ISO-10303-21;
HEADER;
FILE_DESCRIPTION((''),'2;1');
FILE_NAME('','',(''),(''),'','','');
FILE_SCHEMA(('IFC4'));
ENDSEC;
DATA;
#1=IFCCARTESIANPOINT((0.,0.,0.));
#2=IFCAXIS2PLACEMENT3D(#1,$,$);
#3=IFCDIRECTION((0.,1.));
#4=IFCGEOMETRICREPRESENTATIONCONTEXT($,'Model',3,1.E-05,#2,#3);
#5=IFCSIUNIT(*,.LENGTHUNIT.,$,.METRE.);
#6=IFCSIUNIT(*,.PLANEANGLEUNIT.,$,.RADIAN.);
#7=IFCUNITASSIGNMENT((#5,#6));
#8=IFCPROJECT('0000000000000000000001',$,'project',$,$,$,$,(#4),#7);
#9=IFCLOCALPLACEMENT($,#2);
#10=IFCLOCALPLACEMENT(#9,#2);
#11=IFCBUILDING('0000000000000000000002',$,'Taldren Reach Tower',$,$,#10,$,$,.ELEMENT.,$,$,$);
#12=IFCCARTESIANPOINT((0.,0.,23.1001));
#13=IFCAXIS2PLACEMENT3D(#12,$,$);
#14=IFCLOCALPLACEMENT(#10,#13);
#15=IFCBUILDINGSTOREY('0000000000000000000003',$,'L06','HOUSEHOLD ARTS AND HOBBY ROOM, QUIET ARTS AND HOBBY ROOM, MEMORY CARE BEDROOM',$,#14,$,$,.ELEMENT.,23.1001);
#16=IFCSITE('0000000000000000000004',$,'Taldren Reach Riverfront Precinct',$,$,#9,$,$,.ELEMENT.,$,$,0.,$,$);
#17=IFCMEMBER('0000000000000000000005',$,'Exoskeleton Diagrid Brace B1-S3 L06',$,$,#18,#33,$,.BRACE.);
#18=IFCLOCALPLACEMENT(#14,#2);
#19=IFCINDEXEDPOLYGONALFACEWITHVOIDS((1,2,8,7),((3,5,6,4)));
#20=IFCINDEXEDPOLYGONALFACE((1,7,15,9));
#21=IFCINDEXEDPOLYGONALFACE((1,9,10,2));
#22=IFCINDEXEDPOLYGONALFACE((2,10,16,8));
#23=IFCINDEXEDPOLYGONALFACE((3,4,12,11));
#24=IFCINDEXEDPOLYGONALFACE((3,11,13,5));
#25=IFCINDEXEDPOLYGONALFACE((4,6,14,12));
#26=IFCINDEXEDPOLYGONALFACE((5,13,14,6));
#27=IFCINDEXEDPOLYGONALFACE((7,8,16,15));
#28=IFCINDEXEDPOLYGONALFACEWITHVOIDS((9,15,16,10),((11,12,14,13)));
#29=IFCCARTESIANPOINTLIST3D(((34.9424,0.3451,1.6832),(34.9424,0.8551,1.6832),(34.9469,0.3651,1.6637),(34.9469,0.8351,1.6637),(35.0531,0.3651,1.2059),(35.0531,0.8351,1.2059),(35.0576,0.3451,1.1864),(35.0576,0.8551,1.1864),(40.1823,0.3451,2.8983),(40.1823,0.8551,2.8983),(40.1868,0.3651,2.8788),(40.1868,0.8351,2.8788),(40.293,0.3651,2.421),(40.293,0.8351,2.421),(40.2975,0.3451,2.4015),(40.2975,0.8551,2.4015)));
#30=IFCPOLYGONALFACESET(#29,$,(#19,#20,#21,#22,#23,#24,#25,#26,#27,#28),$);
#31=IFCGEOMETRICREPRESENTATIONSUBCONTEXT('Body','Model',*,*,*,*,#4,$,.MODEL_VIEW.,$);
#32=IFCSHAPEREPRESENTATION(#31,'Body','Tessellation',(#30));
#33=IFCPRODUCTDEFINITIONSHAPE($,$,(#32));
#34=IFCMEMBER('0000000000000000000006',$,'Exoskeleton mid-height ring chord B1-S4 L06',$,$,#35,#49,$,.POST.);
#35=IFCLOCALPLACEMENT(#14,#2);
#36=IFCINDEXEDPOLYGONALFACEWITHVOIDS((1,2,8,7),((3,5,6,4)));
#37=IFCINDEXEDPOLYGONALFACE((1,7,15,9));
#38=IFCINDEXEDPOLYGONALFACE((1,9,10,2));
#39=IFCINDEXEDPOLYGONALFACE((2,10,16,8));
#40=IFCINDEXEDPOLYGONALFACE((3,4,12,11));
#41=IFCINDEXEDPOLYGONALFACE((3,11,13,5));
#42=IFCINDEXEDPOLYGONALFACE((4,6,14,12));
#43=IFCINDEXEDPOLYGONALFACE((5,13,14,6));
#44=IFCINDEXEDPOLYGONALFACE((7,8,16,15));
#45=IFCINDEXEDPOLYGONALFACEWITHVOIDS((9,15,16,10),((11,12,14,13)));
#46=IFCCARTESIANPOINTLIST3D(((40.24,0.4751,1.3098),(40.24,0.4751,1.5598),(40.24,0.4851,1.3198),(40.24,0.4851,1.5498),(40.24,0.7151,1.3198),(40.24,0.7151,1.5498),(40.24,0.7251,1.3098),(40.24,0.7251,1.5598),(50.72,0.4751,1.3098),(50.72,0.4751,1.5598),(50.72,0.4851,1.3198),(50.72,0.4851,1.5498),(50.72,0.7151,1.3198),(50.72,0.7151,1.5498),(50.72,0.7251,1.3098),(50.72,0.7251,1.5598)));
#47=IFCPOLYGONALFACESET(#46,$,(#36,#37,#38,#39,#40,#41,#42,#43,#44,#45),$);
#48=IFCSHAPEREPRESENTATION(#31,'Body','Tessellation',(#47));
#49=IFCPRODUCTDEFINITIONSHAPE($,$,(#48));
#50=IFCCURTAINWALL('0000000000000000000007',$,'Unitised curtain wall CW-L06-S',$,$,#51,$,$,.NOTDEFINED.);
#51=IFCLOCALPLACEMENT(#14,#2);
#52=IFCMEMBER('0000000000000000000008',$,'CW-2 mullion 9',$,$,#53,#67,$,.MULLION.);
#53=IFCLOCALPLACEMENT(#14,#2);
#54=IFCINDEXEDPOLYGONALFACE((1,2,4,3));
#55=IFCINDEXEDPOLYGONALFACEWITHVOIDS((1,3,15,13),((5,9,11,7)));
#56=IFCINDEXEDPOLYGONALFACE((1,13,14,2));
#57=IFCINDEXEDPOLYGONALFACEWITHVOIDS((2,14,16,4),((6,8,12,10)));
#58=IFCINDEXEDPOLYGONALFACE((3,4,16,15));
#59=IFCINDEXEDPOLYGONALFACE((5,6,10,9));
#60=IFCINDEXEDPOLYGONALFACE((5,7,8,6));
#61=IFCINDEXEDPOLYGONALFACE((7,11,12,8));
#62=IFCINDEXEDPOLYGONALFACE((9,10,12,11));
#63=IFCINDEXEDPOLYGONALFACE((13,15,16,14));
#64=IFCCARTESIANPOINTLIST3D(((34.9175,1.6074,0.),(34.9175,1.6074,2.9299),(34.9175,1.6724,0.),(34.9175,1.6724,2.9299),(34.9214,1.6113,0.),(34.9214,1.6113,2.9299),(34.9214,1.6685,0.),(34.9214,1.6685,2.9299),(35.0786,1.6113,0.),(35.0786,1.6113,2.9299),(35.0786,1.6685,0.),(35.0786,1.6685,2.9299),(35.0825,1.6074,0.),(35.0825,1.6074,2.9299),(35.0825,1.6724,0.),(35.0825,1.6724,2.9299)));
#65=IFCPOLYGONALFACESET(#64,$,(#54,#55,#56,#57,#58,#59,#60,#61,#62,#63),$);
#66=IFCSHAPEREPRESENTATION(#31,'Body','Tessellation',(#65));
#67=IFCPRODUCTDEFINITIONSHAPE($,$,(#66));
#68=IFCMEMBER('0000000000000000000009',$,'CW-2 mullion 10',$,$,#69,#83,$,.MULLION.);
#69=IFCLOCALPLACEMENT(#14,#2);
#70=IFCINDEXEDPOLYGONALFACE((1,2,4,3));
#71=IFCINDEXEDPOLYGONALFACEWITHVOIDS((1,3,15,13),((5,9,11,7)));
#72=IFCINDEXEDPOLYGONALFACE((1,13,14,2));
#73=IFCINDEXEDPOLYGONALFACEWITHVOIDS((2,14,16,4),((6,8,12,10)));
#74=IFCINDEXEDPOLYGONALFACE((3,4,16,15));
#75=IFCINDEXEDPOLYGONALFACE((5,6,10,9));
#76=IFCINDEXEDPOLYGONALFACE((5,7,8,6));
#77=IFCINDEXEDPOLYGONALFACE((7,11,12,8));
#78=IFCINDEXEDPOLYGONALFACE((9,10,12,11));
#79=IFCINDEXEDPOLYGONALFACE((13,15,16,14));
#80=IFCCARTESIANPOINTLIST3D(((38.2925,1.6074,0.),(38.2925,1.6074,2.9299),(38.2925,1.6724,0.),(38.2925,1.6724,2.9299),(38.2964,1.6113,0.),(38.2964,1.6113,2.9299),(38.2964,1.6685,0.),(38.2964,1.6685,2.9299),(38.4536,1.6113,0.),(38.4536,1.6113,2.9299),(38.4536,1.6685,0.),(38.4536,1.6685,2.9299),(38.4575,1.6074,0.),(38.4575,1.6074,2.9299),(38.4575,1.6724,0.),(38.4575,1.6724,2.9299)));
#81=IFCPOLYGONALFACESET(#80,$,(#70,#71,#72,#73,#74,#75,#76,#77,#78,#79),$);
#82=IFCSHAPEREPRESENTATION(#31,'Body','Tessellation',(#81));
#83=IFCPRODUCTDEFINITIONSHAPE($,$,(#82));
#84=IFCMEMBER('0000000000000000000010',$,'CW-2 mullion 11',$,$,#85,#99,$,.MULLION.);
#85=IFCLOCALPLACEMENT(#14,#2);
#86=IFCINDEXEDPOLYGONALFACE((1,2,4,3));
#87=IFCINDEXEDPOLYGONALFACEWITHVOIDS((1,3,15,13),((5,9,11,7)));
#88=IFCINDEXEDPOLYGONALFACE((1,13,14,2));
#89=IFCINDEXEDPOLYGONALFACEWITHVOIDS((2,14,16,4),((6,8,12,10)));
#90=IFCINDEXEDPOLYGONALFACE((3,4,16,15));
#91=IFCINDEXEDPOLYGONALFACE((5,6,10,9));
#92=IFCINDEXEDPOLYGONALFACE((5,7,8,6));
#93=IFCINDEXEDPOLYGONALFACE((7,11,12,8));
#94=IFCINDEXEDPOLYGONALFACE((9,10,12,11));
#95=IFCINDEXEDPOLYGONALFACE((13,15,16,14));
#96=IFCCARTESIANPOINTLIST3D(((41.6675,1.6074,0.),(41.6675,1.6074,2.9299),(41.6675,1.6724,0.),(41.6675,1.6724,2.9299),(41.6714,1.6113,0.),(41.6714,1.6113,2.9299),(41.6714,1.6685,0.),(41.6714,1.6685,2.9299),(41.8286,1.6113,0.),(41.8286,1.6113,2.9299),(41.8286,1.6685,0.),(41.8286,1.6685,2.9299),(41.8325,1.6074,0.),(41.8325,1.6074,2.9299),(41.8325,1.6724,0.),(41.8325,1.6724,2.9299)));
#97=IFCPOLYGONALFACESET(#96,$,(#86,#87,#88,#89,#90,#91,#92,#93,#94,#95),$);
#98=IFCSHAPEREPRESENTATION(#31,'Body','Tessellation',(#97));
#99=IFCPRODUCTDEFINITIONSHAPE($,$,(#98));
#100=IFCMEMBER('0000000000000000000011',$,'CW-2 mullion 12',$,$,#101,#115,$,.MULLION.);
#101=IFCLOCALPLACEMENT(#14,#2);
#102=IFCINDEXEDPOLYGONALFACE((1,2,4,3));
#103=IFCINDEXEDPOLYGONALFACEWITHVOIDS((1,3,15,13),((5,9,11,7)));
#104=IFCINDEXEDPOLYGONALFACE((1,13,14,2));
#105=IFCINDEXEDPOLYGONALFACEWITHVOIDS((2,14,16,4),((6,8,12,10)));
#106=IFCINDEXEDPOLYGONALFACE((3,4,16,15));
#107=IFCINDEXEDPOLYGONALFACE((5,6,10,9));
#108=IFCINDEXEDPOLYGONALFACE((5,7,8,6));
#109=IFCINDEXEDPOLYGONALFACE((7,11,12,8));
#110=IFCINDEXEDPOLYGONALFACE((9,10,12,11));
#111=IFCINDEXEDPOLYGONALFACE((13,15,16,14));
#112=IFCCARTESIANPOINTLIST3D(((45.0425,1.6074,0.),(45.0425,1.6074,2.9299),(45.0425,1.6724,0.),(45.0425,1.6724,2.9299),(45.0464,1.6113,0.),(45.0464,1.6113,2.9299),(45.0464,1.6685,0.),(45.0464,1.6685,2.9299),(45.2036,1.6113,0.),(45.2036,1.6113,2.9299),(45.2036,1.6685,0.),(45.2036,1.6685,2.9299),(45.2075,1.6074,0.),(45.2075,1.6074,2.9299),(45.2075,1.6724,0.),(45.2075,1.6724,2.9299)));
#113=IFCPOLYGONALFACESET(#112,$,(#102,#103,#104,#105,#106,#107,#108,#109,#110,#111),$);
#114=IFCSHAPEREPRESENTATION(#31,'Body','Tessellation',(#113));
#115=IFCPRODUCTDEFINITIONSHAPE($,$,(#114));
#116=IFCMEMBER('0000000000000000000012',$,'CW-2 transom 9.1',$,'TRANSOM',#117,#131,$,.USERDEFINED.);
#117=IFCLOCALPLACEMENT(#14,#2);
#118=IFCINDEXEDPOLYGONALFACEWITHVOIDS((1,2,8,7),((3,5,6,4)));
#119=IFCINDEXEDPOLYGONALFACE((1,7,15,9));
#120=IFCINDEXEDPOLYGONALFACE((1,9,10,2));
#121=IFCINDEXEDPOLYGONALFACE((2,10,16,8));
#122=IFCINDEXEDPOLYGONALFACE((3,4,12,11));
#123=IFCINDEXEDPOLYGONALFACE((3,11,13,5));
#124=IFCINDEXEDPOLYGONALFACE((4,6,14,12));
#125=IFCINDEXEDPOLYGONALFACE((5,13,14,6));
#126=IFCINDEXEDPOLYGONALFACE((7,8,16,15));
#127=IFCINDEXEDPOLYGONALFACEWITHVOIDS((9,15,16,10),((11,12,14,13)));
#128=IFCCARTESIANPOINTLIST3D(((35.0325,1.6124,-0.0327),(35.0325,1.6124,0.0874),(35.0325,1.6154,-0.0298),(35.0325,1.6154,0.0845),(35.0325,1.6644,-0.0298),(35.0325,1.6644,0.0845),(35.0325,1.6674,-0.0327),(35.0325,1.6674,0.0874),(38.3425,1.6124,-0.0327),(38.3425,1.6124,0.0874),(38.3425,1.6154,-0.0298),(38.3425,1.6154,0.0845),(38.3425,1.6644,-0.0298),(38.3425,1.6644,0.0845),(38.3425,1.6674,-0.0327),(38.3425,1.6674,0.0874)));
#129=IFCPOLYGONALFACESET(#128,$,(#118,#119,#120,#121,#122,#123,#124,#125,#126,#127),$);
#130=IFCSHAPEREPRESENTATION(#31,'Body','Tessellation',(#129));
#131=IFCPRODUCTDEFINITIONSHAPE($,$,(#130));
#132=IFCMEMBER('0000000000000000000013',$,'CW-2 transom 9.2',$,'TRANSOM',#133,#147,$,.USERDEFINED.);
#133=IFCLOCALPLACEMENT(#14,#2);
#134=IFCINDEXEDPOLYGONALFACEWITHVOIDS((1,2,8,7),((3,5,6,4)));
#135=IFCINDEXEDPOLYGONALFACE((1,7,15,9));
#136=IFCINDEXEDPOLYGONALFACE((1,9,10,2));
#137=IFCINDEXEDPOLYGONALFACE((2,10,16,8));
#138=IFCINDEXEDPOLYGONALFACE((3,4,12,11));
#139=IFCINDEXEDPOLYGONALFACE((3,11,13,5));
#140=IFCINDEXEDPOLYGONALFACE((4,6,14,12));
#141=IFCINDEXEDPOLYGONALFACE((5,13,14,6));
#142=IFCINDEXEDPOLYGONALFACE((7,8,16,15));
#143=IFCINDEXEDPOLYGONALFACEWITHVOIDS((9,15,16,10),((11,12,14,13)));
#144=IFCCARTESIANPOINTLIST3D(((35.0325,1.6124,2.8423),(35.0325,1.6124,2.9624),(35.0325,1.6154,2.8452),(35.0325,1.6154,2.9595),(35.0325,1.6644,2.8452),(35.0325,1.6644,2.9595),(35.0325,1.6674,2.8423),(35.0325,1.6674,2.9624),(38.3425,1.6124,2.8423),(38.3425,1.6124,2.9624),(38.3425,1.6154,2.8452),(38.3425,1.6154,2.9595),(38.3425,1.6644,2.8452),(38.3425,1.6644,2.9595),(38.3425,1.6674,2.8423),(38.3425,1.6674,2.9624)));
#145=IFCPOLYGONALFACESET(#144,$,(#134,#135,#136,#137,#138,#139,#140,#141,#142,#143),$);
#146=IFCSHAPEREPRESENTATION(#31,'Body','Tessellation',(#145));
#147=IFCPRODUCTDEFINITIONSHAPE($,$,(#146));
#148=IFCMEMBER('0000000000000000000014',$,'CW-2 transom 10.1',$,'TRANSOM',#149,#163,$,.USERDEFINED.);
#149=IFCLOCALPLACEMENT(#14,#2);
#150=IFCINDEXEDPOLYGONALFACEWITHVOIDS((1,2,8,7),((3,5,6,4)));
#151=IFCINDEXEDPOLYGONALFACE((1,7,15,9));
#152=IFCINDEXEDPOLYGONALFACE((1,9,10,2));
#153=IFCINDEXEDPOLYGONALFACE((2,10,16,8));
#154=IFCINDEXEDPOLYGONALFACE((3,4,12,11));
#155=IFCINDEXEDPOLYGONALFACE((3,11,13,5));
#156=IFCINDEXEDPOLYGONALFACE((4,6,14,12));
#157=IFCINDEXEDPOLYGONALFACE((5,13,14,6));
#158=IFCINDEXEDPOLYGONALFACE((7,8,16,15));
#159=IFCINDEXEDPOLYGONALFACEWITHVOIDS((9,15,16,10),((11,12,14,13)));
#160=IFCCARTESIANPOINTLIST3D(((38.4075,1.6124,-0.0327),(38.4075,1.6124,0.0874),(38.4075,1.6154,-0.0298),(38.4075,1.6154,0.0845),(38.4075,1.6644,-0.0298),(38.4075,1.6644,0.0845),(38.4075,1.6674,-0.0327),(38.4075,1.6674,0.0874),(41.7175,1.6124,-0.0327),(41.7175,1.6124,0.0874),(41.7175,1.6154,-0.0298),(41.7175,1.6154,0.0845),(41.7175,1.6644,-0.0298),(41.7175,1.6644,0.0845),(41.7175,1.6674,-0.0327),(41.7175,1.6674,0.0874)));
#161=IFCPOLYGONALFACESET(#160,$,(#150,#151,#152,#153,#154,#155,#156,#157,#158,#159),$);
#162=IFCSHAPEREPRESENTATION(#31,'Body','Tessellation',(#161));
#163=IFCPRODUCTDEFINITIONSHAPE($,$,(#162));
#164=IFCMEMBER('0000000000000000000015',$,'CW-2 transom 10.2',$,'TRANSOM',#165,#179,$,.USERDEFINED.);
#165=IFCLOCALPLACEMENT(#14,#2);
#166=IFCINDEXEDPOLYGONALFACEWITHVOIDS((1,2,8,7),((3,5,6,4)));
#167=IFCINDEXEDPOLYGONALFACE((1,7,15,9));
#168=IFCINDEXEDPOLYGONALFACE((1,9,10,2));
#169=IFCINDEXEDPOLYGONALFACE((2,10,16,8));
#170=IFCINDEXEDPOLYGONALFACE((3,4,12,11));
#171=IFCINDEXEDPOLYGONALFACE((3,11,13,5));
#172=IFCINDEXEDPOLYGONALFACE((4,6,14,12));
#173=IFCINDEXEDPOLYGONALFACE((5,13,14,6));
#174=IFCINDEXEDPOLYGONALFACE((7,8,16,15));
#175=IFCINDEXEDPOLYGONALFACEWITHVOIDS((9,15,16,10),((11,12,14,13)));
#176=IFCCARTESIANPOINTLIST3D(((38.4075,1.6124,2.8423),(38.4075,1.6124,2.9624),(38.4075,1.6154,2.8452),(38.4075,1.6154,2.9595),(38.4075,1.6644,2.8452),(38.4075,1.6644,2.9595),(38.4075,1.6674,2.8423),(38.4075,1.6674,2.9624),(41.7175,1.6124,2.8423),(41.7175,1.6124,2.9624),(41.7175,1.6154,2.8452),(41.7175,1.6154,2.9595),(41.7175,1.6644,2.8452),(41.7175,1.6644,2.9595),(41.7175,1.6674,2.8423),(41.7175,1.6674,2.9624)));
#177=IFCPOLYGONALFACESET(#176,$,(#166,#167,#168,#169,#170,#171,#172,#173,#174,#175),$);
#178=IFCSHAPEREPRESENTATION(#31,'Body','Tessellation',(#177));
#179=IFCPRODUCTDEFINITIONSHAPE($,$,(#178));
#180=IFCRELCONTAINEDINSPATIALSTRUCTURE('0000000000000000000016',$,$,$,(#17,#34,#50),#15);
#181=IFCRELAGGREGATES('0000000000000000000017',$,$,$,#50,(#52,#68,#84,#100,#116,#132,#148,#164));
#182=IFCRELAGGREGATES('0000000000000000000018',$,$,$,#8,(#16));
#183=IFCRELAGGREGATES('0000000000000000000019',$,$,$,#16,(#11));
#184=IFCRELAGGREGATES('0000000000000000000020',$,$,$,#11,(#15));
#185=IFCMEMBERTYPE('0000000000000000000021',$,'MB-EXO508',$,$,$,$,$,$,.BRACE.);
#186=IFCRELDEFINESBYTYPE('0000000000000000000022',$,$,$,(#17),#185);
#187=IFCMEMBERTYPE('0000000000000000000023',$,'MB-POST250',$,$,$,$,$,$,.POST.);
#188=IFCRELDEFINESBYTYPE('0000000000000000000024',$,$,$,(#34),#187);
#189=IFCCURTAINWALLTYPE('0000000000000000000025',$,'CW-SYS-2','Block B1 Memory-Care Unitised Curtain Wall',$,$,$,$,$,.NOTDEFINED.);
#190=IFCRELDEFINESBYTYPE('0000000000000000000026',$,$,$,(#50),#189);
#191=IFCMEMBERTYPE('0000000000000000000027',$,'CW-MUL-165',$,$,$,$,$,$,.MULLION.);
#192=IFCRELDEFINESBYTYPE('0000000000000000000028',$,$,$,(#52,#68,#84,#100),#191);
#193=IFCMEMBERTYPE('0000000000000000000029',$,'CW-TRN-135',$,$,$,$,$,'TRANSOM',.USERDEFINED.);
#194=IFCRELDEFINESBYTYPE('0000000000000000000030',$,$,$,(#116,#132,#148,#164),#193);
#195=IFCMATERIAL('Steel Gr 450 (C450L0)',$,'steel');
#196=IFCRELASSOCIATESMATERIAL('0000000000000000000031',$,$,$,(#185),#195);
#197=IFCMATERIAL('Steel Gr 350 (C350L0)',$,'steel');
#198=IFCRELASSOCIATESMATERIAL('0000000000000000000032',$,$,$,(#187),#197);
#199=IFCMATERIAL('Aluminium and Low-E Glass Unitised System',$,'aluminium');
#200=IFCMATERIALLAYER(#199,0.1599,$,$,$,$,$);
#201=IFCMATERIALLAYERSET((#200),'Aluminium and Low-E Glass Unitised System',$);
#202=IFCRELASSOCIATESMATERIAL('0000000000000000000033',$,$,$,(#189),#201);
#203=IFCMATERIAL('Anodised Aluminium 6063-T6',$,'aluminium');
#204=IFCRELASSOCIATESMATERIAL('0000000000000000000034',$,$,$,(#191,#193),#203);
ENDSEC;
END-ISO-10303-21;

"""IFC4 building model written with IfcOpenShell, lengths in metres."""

from ifc_helpers import new_model, si_unit, direction, frame, origin, origin_2d, place, context, subcontext, project, spatial, hollow_rectangle, extrude, source, transform, mapped, material, layer, layer_set, material_profile, profile_set, type_object, element, aggregate, save


model = new_model("IFC4")

# Units and contexts
model_context = context("Model", 3, precision=1e-05, world=origin(), true_north=direction((0.0, 1.0)))
body_context = subcontext(model_context, "Body", "Model", "MODEL_VIEW")
ifc_project = project(units=[si_unit("LENGTHUNIT", "METRE"), si_unit("PLANEANGLEUNIT", "RADIAN")], contexts=[model_context])

# Site, building, storey
site_placement = place(None, origin())
site = spatial("IfcSite", under=ifc_project, at=site_placement, Name="Taldren Reach Riverfront Precinct", CompositionType="ELEMENT", RefElevation=0.0)
building_placement = place(site_placement, origin())
building = spatial("IfcBuilding", under=site, at=building_placement, Name="Taldren Reach Tower", CompositionType="ELEMENT")
storey_placement = place(building_placement, frame((0.0, 0.0, 23.1001)))
storey = spatial("IfcBuildingStorey", under=building, at=storey_placement, Name="L06", Description="HOUSEHOLD ARTS AND HOBBY ROOM, QUIET ARTS AND HOBBY ROOM, MEMORY CARE BEDROOM", CompositionType="ELEMENT", Elevation=23.1001)

# Members
ifc_material_1 = material(Name="Steel Gr 450 (C450L0)", Category="steel")
ifc_material_profile_1 = material_profile(ifc_material_1, hollow_rectangle(XDim=0.51, YDim=0.51, WallThickness=0.02, at=origin_2d()), Name="510x510x20.0SHS")
ifc_profile_set_1 = profile_set([ifc_material_profile_1], Name="Steel Gr 450 (C450L0)")
member_type_1 = type_object("IfcMemberType", Name="MB-EXO508", PredefinedType="BRACE", material=ifc_profile_set_1)
shared_shape_1 = source(origin(), body_context, "Body", "SweptSolid", [
    extrude(hollow_rectangle(XDim=0.51, YDim=0.51, WallThickness=0.02, at=origin_2d()), origin(), (0.0, 0.0, 1.0), 5.3789),
])
member_1_placement = place(storey_placement, frame((35.0, 0.6001, 1.4348), z_axis=(0.974152, 0.0, 0.225894), x_axis=(0.0, 1.0, 0.0)))
element("IfcMember", 1, at=member_1_placement, inside=storey, type_object=member_type_1, Name="Exoskeleton Diagrid Brace B1-S3 L06", PredefinedType="BRACE", context=body_context, shape_type="MappedRepresentation", body=[
    mapped(shared_shape_1, transform((0.0, 0.0, 0.0), scale=1.0)),
])
ifc_material_2 = material(Name="Steel Gr 350 (C350L0)", Category="steel")
ifc_material_profile_2 = material_profile(ifc_material_2, hollow_rectangle(XDim=0.25, YDim=0.25, WallThickness=0.01, at=origin_2d()), Name="250x250x10.0SHS")
ifc_profile_set_2 = profile_set([ifc_material_profile_2], Name="Steel Gr 350 (C350L0)")
member_type_2 = type_object("IfcMemberType", Name="MB-POST250", PredefinedType="POST", material=ifc_profile_set_2)
shared_shape_2 = source(origin(), body_context, "Body", "SweptSolid", [
    extrude(hollow_rectangle(XDim=0.25, YDim=0.25, WallThickness=0.01, at=origin_2d()), origin(), (0.0, 0.0, 1.0), 10.48),
])
member_2_placement = place(storey_placement, frame((40.24, 0.6001, 1.4348), z_axis=(1.0, 0.0, 0.0), x_axis=(0.0, 1.0, 0.0)))
element("IfcMember", 2, at=member_2_placement, inside=storey, type_object=member_type_2, Name="Exoskeleton mid-height ring chord B1-S4 L06", PredefinedType="POST", context=body_context, shape_type="MappedRepresentation", body=[
    mapped(shared_shape_2, transform((0.0, 0.0, 0.0), scale=1.0)),
])

# Curtain wall, members
ifc_material_3 = material(Name="Aluminium and Low-E Glass Unitised System", Category="aluminium")
ifc_layer_1 = layer(ifc_material_3, 0.1599)
ifc_layer_set_1 = layer_set([ifc_layer_1], Name="Aluminium and Low-E Glass Unitised System")
curtain_wall_type = type_object("IfcCurtainWallType", Name="CW-SYS-2", Description="Block B1 Memory-Care Unitised Curtain Wall", PredefinedType="NOTDEFINED", material=ifc_layer_set_1)
curtain_wall_placement = place(storey_placement, origin())
curtain_wall = element("IfcCurtainWall", 3, at=curtain_wall_placement, inside=storey, type_object=curtain_wall_type, Name="Unitised curtain wall CW-L06-S", PredefinedType="NOTDEFINED")
ifc_material_4 = material(Name="Anodised Aluminium 6063-T6", Category="aluminium")
ifc_material_profile_3 = material_profile(ifc_material_4, hollow_rectangle(XDim=0.0649, YDim=0.165, WallThickness=0.0039, at=origin_2d()), Name="ALU-165x65x4RHS")
ifc_profile_set_3 = profile_set([ifc_material_profile_3], Name="Anodised Aluminium 6063-T6")
member_type_3 = type_object("IfcMemberType", Name="CW-MUL-165", PredefinedType="MULLION", material=ifc_profile_set_3)
shared_shape_3 = source(origin(), body_context, "Body", "SweptSolid", [
    extrude(hollow_rectangle(XDim=0.0649, YDim=0.165, WallThickness=0.0039, at=origin_2d()), origin(), (0.0, 0.0, 1.0), 2.9299),
])
member_3_placement = place(storey_placement, frame((35.0, 1.6399, 0.0), z_axis=(0.0, 0.0, 1.0), x_axis=(0.0, 1.0, 0.0)))
member_3 = element("IfcMember", 4, at=member_3_placement, type_object=member_type_3, Name="CW-2 mullion 9", PredefinedType="MULLION", context=body_context, shape_type="MappedRepresentation", body=[
    mapped(shared_shape_3, transform((0.0, 0.0, 0.0), scale=1.0)),
])
member_4_placement = place(storey_placement, frame((38.375, 1.6399, 0.0), z_axis=(0.0, 0.0, 1.0), x_axis=(0.0, 1.0, 0.0)))
member_4 = element("IfcMember", 5, at=member_4_placement, type_object=member_type_3, Name="CW-2 mullion 10", PredefinedType="MULLION", context=body_context, shape_type="MappedRepresentation", body=[
    mapped(shared_shape_3, transform((0.0, 0.0, 0.0), scale=1.0)),
])
member_5_placement = place(storey_placement, frame((41.75, 1.6399, 0.0), z_axis=(0.0, 0.0, 1.0), x_axis=(0.0, 1.0, 0.0)))
member_5 = element("IfcMember", 6, at=member_5_placement, type_object=member_type_3, Name="CW-2 mullion 11", PredefinedType="MULLION", context=body_context, shape_type="MappedRepresentation", body=[
    mapped(shared_shape_3, transform((0.0, 0.0, 0.0), scale=1.0)),
])
member_6_placement = place(storey_placement, frame((45.125, 1.6399, 0.0), z_axis=(0.0, 0.0, 1.0), x_axis=(0.0, 1.0, 0.0)))
member_6 = element("IfcMember", 7, at=member_6_placement, type_object=member_type_3, Name="CW-2 mullion 12", PredefinedType="MULLION", context=body_context, shape_type="MappedRepresentation", body=[
    mapped(shared_shape_3, transform((0.0, 0.0, 0.0), scale=1.0)),
])
ifc_material_profile_4 = material_profile(ifc_material_4, hollow_rectangle(XDim=0.0549, YDim=0.1201, WallThickness=0.0029, at=origin_2d()), Name="ALU-120x55x3RHS")
ifc_profile_set_4 = profile_set([ifc_material_profile_4], Name="Anodised Aluminium 6063-T6")
member_type_4 = type_object("IfcMemberType", Name="CW-TRN-135", ElementType="TRANSOM", PredefinedType="USERDEFINED", material=ifc_profile_set_4)
shared_shape_4 = source(origin(), body_context, "Body", "SweptSolid", [
    extrude(hollow_rectangle(XDim=0.0549, YDim=0.1201, WallThickness=0.0029, at=origin_2d()), origin(), (0.0, 0.0, 1.0), 3.3101),
])
member_7_placement = place(storey_placement, frame((35.0325, 1.6399, 0.0273), z_axis=(1.0, 0.0, 0.0), x_axis=(0.0, 1.0, 0.0)))
member_7 = element("IfcMember", 8, at=member_7_placement, type_object=member_type_4, Name="CW-2 transom 9.1", ObjectType="TRANSOM", PredefinedType="USERDEFINED", context=body_context, shape_type="MappedRepresentation", body=[
    mapped(shared_shape_4, transform((0.0, 0.0, 0.0), scale=1.0)),
])
member_8_placement = place(storey_placement, frame((35.0325, 1.6399, 2.9023), z_axis=(1.0, 0.0, 0.0), x_axis=(0.0, 1.0, 0.0)))
member_8 = element("IfcMember", 9, at=member_8_placement, type_object=member_type_4, Name="CW-2 transom 9.2", ObjectType="TRANSOM", PredefinedType="USERDEFINED", context=body_context, shape_type="MappedRepresentation", body=[
    mapped(shared_shape_4, transform((0.0, 0.0, 0.0), scale=1.0)),
])
member_9_placement = place(storey_placement, frame((38.4075, 1.6399, 0.0273), z_axis=(1.0, 0.0, 0.0), x_axis=(0.0, 1.0, 0.0)))
member_9 = element("IfcMember", 10, at=member_9_placement, type_object=member_type_4, Name="CW-2 transom 10.1", ObjectType="TRANSOM", PredefinedType="USERDEFINED", context=body_context, shape_type="MappedRepresentation", body=[
    mapped(shared_shape_4, transform((0.0, 0.0, 0.0), scale=1.0)),
])
member_10_placement = place(storey_placement, frame((38.4075, 1.6399, 2.9023), z_axis=(1.0, 0.0, 0.0), x_axis=(0.0, 1.0, 0.0)))
member_10 = element("IfcMember", 11, at=member_10_placement, type_object=member_type_4, Name="CW-2 transom 10.2", ObjectType="TRANSOM", PredefinedType="USERDEFINED", context=body_context, shape_type="MappedRepresentation", body=[
    mapped(shared_shape_4, transform((0.0, 0.0, 0.0), scale=1.0)),
])

aggregate(curtain_wall, [member_3, member_4, member_5, member_6, member_7, member_8, member_9, member_10])

save(model, "model.ifc")
